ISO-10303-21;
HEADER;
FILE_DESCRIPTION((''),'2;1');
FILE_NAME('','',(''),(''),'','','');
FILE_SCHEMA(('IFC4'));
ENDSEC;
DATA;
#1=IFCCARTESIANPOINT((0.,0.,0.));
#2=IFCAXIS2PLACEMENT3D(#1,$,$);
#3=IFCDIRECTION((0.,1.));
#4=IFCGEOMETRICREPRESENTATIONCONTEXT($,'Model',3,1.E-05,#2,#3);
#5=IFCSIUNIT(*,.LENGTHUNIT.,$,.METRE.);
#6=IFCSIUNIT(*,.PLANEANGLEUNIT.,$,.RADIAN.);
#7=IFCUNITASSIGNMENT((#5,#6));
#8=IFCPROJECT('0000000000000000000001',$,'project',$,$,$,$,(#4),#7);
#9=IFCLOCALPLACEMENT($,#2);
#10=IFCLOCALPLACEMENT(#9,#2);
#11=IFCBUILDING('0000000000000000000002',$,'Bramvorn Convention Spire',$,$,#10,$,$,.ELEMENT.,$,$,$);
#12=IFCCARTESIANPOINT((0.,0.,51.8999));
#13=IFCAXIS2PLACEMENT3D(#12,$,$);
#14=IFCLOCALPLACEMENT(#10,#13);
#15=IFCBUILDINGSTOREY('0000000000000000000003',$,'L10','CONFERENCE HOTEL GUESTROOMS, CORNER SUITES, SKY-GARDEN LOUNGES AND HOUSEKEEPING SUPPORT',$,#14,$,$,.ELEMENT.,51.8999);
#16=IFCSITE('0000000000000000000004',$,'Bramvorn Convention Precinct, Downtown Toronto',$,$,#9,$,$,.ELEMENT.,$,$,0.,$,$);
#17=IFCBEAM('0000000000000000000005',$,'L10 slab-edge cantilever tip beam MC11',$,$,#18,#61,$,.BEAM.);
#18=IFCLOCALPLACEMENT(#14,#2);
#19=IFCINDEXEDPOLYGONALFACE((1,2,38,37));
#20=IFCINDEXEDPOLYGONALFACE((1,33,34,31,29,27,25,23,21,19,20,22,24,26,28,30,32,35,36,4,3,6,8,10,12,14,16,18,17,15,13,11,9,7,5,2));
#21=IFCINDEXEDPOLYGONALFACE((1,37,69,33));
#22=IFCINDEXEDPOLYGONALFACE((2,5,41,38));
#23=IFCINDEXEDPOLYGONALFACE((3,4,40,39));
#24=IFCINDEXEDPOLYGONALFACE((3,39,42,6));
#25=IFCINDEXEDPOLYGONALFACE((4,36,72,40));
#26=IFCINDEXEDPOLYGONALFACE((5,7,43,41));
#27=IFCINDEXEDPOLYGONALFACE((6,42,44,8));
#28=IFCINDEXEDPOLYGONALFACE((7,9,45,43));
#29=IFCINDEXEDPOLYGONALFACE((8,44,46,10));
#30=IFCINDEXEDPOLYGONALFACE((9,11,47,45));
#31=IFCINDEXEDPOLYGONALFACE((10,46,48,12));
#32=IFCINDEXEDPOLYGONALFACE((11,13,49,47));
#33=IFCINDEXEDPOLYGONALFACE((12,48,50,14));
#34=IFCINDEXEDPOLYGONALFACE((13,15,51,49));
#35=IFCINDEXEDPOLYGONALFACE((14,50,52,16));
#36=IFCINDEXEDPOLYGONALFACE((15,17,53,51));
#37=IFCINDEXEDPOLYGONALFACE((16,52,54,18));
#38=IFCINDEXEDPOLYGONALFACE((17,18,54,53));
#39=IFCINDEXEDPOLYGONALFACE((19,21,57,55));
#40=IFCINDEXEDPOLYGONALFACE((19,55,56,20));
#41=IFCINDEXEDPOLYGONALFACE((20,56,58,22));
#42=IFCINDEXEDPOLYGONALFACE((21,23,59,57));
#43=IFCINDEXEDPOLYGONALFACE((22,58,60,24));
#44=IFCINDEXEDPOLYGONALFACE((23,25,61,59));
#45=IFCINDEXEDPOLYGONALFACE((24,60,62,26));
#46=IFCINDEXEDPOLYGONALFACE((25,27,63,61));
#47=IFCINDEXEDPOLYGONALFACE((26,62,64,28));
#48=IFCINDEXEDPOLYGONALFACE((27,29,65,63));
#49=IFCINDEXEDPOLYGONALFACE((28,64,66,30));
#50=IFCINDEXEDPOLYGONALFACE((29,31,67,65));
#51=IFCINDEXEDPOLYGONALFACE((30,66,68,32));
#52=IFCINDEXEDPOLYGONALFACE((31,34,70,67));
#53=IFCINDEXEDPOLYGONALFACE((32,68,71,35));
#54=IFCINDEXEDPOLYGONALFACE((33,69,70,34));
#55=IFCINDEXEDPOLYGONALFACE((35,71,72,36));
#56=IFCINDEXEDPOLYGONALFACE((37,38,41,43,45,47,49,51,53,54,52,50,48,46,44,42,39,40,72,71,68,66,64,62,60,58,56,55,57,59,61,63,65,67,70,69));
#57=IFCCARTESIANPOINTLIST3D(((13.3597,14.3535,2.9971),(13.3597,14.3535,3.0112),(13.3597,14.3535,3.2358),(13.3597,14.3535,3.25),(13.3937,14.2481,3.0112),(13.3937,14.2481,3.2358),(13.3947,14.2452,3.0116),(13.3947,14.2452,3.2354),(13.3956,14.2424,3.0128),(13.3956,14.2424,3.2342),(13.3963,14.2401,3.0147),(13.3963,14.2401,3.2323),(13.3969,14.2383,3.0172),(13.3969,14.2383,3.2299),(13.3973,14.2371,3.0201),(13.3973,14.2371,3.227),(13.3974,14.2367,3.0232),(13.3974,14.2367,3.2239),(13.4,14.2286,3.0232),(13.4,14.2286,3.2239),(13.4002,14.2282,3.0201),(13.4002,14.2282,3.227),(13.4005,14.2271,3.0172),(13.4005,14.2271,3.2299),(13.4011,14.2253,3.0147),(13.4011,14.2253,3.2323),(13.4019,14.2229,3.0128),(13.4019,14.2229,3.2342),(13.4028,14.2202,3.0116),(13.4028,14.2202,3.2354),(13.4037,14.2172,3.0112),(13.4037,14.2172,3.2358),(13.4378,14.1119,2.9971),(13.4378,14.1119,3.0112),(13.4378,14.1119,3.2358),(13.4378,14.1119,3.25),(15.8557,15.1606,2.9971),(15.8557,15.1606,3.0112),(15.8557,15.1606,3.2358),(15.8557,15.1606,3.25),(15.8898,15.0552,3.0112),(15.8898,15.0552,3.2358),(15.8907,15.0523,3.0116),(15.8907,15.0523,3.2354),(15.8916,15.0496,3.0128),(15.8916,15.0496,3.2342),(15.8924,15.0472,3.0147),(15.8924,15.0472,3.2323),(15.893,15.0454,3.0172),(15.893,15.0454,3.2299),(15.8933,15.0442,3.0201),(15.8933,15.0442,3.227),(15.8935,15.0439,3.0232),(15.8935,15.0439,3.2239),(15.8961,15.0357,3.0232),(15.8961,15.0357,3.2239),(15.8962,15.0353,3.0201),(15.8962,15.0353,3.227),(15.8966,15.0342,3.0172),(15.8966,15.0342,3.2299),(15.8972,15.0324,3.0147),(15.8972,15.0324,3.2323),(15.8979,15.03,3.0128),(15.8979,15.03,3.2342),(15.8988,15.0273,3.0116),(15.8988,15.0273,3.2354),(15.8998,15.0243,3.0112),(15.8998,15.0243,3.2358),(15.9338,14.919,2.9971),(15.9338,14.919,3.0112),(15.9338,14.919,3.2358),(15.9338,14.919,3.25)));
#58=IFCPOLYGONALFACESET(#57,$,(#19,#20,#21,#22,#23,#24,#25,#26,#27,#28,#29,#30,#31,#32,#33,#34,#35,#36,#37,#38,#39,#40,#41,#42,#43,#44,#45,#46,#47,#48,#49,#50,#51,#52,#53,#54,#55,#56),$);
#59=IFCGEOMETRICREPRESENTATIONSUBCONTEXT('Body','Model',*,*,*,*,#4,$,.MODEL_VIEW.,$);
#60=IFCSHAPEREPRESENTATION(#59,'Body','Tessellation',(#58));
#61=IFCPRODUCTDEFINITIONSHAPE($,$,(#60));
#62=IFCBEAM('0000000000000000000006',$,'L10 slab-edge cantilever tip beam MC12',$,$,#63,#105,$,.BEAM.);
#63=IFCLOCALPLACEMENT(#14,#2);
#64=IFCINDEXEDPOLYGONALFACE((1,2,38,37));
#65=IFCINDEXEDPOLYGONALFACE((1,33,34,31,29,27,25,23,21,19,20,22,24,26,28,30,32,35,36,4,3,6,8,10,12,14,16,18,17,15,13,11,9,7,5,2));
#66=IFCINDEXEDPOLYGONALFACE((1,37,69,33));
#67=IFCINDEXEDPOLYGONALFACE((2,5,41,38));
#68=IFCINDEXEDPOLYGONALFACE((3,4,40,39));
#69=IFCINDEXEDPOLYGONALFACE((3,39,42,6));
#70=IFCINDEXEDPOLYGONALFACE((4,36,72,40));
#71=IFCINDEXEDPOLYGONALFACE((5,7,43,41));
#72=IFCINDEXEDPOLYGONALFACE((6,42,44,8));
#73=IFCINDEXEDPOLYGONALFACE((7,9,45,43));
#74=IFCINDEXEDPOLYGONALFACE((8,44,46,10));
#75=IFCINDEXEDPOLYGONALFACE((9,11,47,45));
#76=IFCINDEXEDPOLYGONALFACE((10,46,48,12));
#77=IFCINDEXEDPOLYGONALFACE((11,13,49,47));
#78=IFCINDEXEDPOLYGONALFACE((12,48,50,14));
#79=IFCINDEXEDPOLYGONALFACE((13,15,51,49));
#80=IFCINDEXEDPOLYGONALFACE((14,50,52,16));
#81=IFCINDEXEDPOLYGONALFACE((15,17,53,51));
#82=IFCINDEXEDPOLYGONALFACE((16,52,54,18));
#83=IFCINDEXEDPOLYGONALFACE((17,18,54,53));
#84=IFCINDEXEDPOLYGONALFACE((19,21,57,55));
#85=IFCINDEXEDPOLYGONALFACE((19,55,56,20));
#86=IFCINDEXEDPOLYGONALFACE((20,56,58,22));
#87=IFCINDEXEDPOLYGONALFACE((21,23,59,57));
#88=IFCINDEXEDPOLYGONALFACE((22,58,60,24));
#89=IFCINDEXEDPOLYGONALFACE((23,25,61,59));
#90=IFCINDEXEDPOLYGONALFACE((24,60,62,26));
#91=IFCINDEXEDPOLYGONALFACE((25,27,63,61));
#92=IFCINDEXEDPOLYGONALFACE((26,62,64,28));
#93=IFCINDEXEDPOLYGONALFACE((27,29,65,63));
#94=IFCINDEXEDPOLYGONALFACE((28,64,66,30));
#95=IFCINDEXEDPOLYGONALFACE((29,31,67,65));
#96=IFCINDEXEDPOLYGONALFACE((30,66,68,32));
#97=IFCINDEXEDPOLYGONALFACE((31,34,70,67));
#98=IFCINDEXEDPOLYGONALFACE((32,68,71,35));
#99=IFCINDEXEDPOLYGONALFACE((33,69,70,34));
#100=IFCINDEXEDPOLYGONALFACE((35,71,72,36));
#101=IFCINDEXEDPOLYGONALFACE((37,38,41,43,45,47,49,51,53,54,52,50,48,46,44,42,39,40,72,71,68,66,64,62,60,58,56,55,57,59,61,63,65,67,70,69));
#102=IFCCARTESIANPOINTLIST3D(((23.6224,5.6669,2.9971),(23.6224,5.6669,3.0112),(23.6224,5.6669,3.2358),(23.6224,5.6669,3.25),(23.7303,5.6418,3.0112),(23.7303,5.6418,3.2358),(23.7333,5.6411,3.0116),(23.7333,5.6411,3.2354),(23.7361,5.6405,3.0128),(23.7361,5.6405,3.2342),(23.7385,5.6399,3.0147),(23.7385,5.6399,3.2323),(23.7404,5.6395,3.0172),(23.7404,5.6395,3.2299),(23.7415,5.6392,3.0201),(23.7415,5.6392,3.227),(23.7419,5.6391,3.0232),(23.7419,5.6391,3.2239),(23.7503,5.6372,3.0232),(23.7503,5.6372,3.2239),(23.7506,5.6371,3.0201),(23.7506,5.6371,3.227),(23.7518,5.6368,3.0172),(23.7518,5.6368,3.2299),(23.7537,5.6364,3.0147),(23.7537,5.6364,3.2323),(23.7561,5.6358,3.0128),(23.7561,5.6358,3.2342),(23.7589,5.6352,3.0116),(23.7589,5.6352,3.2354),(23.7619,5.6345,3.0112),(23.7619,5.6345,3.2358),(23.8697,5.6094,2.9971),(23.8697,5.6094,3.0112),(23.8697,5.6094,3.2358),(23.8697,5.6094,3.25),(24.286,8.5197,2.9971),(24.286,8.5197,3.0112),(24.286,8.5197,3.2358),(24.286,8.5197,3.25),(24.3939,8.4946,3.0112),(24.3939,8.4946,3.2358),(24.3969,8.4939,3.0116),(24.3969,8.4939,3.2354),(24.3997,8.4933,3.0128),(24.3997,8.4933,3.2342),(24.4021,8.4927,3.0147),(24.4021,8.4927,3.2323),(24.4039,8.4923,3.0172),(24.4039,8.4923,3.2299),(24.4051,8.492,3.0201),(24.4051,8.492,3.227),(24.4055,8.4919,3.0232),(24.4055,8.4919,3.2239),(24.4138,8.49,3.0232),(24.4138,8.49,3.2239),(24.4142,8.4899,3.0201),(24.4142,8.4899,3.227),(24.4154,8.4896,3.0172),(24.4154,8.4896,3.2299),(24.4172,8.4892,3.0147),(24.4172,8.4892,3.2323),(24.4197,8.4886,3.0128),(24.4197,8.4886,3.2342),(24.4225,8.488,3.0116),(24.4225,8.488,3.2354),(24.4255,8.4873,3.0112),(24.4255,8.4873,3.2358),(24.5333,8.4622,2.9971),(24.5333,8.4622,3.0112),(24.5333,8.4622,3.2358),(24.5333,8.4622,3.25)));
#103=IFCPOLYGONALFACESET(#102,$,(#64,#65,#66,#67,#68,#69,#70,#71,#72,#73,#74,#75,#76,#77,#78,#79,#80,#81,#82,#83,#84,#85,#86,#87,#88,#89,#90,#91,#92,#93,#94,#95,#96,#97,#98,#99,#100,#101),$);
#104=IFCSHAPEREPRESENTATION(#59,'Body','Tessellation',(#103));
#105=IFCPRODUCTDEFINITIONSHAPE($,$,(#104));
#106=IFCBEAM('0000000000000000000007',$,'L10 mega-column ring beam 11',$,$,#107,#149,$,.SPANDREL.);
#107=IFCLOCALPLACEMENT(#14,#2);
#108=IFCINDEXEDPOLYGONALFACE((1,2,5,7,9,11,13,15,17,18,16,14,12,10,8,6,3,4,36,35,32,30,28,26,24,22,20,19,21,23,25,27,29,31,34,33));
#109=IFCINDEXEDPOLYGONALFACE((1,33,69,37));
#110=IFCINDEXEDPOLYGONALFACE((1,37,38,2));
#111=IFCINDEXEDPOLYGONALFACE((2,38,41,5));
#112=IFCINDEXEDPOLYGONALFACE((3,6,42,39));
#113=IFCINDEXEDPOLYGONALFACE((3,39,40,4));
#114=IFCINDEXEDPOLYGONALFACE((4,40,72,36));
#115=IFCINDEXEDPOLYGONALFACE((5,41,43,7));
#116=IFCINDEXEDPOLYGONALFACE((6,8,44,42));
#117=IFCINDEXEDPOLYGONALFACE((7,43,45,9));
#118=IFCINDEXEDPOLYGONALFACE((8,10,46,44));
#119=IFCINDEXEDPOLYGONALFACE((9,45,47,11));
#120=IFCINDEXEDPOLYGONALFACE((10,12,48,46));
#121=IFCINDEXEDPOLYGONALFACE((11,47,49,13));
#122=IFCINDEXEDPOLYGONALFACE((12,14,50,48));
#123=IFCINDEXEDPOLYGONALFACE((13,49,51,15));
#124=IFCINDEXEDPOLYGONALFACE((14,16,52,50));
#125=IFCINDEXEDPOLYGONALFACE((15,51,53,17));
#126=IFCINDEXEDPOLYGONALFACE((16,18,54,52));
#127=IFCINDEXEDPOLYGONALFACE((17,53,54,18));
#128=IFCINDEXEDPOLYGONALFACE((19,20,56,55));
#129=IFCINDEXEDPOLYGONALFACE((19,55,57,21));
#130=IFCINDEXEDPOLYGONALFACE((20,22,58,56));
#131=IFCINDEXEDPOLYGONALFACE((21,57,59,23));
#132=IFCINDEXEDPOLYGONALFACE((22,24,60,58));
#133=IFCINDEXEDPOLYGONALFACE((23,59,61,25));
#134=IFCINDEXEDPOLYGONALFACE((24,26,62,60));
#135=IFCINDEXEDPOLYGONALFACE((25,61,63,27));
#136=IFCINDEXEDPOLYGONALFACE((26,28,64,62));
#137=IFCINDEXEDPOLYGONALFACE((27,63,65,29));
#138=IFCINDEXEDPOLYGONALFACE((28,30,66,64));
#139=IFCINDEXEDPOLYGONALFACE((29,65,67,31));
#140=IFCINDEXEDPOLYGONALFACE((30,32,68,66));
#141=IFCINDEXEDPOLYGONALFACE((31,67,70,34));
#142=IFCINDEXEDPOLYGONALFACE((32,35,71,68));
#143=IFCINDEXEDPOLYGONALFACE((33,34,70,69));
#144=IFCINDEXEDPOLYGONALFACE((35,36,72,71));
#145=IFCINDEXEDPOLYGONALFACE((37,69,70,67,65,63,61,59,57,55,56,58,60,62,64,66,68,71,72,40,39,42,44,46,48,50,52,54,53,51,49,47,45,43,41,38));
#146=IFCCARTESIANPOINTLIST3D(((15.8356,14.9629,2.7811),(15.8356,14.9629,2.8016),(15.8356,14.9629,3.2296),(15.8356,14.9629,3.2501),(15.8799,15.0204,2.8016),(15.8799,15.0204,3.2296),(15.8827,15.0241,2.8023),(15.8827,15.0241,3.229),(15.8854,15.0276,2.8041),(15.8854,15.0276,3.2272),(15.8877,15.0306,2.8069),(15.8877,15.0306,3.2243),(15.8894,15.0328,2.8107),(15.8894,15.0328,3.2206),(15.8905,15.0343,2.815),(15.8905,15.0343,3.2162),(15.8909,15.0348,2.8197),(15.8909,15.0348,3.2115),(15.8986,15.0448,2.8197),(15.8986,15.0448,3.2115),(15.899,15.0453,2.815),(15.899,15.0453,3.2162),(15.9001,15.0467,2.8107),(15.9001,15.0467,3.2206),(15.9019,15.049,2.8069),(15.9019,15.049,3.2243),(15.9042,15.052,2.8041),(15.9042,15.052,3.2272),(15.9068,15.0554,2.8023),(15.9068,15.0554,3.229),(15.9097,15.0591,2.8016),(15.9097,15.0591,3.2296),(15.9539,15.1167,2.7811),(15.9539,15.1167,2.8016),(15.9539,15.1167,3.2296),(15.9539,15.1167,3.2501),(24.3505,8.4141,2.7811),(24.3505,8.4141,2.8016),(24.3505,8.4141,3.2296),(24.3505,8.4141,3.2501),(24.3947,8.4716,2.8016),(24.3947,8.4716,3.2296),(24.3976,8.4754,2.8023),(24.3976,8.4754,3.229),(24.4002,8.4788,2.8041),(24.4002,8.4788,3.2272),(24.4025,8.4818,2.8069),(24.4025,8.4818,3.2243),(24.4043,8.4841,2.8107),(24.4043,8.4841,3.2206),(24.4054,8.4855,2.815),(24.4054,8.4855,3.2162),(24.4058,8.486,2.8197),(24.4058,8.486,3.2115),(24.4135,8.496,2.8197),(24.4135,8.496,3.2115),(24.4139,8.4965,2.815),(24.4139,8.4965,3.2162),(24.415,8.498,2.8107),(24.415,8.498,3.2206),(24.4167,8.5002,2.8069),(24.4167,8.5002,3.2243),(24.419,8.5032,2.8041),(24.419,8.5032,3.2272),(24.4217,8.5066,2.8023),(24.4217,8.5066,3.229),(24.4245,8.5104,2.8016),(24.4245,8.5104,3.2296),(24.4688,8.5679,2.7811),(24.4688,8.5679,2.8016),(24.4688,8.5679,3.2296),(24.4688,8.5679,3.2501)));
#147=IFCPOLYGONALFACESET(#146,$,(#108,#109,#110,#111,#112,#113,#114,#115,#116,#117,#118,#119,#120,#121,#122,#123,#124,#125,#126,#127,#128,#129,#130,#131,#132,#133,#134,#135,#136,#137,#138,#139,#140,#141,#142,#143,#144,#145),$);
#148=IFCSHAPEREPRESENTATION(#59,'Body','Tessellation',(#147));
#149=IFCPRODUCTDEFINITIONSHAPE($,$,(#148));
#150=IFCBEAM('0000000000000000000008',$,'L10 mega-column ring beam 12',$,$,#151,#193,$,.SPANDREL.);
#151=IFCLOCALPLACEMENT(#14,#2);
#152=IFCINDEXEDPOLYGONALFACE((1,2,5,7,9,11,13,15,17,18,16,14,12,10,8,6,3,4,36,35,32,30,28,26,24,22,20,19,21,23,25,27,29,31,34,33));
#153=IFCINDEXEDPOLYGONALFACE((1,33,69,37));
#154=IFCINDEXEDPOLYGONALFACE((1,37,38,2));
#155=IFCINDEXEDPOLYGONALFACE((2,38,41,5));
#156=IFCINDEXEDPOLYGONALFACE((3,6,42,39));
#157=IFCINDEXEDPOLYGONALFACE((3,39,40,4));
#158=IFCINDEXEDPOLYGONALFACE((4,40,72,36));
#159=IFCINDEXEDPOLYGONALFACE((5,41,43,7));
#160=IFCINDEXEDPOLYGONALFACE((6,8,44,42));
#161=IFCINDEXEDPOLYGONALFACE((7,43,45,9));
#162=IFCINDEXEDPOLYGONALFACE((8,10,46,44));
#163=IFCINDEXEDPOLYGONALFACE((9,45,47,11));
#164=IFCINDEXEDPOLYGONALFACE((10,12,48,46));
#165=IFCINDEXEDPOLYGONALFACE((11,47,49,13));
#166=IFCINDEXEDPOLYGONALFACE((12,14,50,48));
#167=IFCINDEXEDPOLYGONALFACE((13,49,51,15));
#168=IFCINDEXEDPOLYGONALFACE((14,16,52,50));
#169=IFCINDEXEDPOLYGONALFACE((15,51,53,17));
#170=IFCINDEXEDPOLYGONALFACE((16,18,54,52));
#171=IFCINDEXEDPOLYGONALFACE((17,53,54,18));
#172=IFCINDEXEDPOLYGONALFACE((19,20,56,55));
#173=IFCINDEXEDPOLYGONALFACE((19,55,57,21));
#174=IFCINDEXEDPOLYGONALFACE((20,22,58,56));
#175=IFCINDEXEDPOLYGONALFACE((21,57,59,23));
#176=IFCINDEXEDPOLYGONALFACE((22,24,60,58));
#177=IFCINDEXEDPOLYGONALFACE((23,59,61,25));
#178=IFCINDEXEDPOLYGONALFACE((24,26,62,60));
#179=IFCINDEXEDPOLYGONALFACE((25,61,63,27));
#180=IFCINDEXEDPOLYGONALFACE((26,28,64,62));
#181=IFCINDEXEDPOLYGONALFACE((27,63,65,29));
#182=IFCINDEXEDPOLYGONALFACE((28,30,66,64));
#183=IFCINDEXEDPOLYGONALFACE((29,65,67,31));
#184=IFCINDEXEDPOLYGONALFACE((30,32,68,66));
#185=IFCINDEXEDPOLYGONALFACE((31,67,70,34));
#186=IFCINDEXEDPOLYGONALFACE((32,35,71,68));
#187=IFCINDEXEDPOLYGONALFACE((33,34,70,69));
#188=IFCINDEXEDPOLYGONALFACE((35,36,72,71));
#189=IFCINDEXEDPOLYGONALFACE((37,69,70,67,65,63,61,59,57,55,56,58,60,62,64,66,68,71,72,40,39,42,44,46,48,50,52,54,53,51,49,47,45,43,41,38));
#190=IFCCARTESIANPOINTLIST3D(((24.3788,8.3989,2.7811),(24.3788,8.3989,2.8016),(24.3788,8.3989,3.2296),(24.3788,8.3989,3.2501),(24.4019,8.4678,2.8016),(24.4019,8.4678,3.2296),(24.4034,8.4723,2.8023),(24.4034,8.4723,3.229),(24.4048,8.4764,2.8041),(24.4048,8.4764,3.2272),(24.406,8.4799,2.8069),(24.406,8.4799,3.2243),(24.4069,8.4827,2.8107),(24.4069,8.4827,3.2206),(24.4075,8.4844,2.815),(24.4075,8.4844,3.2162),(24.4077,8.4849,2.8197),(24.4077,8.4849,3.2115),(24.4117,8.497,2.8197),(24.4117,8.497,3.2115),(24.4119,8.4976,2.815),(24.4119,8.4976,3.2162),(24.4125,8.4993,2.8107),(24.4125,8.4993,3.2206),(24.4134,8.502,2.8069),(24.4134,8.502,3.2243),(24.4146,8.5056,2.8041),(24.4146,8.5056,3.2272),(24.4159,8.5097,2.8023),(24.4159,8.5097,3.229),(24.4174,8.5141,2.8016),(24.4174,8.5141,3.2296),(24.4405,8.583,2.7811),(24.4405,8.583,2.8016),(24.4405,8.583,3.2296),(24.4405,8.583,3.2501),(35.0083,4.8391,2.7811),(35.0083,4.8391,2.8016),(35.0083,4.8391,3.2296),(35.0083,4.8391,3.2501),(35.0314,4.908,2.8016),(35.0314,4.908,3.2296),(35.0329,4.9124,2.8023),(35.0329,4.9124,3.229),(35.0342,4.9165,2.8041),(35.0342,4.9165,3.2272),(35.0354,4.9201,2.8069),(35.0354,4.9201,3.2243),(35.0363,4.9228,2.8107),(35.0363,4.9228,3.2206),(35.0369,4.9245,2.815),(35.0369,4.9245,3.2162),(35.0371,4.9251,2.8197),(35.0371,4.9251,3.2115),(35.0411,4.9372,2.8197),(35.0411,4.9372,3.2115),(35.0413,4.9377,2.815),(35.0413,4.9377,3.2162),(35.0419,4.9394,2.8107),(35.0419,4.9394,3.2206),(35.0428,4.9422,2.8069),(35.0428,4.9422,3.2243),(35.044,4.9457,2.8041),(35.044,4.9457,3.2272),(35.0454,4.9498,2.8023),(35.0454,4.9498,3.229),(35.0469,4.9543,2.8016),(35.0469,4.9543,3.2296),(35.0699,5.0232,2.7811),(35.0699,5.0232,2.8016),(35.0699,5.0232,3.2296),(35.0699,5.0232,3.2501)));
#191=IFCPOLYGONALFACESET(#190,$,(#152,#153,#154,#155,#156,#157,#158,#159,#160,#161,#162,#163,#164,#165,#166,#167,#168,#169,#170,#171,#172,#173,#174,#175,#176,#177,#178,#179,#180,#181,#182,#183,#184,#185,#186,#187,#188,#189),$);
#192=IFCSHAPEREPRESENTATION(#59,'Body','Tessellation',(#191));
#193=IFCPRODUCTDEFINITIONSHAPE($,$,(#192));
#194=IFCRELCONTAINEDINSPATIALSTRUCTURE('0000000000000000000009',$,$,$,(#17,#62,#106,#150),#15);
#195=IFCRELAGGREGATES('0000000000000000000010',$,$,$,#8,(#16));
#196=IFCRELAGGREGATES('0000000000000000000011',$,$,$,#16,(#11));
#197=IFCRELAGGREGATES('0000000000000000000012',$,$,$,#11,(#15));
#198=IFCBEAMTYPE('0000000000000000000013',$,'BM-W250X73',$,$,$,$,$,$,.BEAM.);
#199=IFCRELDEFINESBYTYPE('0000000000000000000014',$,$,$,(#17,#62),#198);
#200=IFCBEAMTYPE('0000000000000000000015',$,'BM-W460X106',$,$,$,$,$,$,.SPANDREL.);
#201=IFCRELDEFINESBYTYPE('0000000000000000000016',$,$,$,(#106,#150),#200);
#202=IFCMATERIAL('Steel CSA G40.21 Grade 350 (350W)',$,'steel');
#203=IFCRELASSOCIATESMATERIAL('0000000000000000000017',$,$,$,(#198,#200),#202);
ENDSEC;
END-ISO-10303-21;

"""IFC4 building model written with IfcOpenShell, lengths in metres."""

from ifc_helpers import new_model, si_unit, direction, frame, origin, origin_2d, place, context, subcontext, project, spatial, i_section, extrude, material, material_profile, profile_set, type_object, element, save


model = new_model("IFC4")

# Units and contexts
model_context = context("Model", 3, precision=1e-05, world=origin(), true_north=direction((0.0, 1.0)))
body_context = subcontext(model_context, "Body", "Model", "MODEL_VIEW")
ifc_project = project(units=[si_unit("LENGTHUNIT", "METRE"), si_unit("PLANEANGLEUNIT", "RADIAN")], contexts=[model_context])

# Site, building, storey
site_placement = place(None, origin())
site = spatial("IfcSite", under=ifc_project, at=site_placement, Name="Bramvorn Convention Precinct, Downtown Toronto", CompositionType="ELEMENT", RefElevation=0.0)
building_placement = place(site_placement, origin())
building = spatial("IfcBuilding", under=site, at=building_placement, Name="Bramvorn Convention Spire", CompositionType="ELEMENT")
storey_placement = place(building_placement, frame((0.0, 0.0, 51.8999)))
storey = spatial("IfcBuildingStorey", under=building, at=storey_placement, Name="L10", Description="CONFERENCE HOTEL GUESTROOMS, CORNER SUITES, SKY-GARDEN LOUNGES AND HOUSEKEEPING SUPPORT", CompositionType="ELEMENT", Elevation=51.8999)

# Shared definitions
ifc_material_1 = material(Name="Steel CSA G40.21 Grade 350 (350W)", Category="steel")

# Beams
ifc_material_profile_1 = material_profile(ifc_material_1, i_section(OverallWidth=0.2539, OverallDepth=0.2529, WebThickness=0.0085, FlangeThickness=0.0142, FilletRadius=0.012, at=origin_2d()))
ifc_profile_set_1 = profile_set([ifc_material_profile_1], Name="Steel CSA G40.21 Grade 350 (350W) - W250X73")
beam_type_1 = type_object("IfcBeamType", Name="BM-W250X73", PredefinedType="BEAM", material=ifc_profile_set_1)
beam_1_placement = place(storey_placement, frame((15.8948, 15.0398, 3.1235), z_axis=(-0.951493, -0.307672, 0.0), x_axis=(0.307672, -0.951493, 0.0)))
element("IfcBeam", 1, at=beam_1_placement, inside=storey, type_object=beam_type_1, Name="L10 slab-edge cantilever tip beam MC11", PredefinedType="BEAM", context=body_context, shape_type="SweptSolid", body=[
    extrude(i_section(OverallWidth=0.2539, OverallDepth=0.2529, WebThickness=0.0085, FlangeThickness=0.0142, FilletRadius=0.012, at=origin_2d()), origin(), (0.0, 0.0, 1.0), 2.6233),
])
beam_2_placement = place(storey_placement, frame((24.4097, 8.491, 3.1235), z_axis=(-0.226558, -0.973998, 0.0), x_axis=(0.973998, -0.226558, 0.0)))
element("IfcBeam", 2, at=beam_2_placement, inside=storey, type_object=beam_type_1, Name="L10 slab-edge cantilever tip beam MC12", PredefinedType="BEAM", context=body_context, shape_type="SweptSolid", body=[
    extrude(i_section(OverallWidth=0.2539, OverallDepth=0.2529, WebThickness=0.0085, FlangeThickness=0.0142, FilletRadius=0.012, at=origin_2d()), origin(), (0.0, 0.0, 1.0), 2.929),
])
ifc_material_profile_2 = material_profile(ifc_material_1, i_section(OverallWidth=0.1941, OverallDepth=0.469, WebThickness=0.0127, FlangeThickness=0.0205, FilletRadius=0.0181, at=origin_2d()))
ifc_profile_set_2 = profile_set([ifc_material_profile_2], Name="Steel CSA G40.21 Grade 350 (350W) - W460X106")
beam_type_2 = type_object("IfcBeamType", Name="BM-W460X106", PredefinedType="SPANDREL", material=ifc_profile_set_2)
beam_3_placement = place(storey_placement, frame((15.8948, 15.0398, 3.0156), z_axis=(0.792673, -0.609647, 0.0), x_axis=(0.609647, 0.792673, 0.0)))
element("IfcBeam", 3, at=beam_3_placement, inside=storey, type_object=beam_type_2, Name="L10 mega-column ring beam 11", PredefinedType="SPANDREL", context=body_context, shape_type="SweptSolid", body=[
    extrude(i_section(OverallWidth=0.1941, OverallDepth=0.469, WebThickness=0.0127, FlangeThickness=0.0205, FilletRadius=0.0181, at=origin_2d()), origin(), (0.0, 0.0, 1.0), 10.7419),
])
beam_4_placement = place(storey_placement, frame((24.4097, 8.491, 3.0156), z_axis=(0.948236, -0.317567, 0.0), x_axis=(0.317567, 0.948236, 0.0)))
element("IfcBeam", 4, at=beam_4_placement, inside=storey, type_object=beam_type_2, Name="L10 mega-column ring beam 12", PredefinedType="SPANDREL", context=body_context, shape_type="SweptSolid", body=[
    extrude(i_section(OverallWidth=0.1941, OverallDepth=0.469, WebThickness=0.0127, FlangeThickness=0.0205, FilletRadius=0.0181, at=origin_2d()), origin(), (0.0, 0.0, 1.0), 11.2097),
])

save(model, "model.ifc")
